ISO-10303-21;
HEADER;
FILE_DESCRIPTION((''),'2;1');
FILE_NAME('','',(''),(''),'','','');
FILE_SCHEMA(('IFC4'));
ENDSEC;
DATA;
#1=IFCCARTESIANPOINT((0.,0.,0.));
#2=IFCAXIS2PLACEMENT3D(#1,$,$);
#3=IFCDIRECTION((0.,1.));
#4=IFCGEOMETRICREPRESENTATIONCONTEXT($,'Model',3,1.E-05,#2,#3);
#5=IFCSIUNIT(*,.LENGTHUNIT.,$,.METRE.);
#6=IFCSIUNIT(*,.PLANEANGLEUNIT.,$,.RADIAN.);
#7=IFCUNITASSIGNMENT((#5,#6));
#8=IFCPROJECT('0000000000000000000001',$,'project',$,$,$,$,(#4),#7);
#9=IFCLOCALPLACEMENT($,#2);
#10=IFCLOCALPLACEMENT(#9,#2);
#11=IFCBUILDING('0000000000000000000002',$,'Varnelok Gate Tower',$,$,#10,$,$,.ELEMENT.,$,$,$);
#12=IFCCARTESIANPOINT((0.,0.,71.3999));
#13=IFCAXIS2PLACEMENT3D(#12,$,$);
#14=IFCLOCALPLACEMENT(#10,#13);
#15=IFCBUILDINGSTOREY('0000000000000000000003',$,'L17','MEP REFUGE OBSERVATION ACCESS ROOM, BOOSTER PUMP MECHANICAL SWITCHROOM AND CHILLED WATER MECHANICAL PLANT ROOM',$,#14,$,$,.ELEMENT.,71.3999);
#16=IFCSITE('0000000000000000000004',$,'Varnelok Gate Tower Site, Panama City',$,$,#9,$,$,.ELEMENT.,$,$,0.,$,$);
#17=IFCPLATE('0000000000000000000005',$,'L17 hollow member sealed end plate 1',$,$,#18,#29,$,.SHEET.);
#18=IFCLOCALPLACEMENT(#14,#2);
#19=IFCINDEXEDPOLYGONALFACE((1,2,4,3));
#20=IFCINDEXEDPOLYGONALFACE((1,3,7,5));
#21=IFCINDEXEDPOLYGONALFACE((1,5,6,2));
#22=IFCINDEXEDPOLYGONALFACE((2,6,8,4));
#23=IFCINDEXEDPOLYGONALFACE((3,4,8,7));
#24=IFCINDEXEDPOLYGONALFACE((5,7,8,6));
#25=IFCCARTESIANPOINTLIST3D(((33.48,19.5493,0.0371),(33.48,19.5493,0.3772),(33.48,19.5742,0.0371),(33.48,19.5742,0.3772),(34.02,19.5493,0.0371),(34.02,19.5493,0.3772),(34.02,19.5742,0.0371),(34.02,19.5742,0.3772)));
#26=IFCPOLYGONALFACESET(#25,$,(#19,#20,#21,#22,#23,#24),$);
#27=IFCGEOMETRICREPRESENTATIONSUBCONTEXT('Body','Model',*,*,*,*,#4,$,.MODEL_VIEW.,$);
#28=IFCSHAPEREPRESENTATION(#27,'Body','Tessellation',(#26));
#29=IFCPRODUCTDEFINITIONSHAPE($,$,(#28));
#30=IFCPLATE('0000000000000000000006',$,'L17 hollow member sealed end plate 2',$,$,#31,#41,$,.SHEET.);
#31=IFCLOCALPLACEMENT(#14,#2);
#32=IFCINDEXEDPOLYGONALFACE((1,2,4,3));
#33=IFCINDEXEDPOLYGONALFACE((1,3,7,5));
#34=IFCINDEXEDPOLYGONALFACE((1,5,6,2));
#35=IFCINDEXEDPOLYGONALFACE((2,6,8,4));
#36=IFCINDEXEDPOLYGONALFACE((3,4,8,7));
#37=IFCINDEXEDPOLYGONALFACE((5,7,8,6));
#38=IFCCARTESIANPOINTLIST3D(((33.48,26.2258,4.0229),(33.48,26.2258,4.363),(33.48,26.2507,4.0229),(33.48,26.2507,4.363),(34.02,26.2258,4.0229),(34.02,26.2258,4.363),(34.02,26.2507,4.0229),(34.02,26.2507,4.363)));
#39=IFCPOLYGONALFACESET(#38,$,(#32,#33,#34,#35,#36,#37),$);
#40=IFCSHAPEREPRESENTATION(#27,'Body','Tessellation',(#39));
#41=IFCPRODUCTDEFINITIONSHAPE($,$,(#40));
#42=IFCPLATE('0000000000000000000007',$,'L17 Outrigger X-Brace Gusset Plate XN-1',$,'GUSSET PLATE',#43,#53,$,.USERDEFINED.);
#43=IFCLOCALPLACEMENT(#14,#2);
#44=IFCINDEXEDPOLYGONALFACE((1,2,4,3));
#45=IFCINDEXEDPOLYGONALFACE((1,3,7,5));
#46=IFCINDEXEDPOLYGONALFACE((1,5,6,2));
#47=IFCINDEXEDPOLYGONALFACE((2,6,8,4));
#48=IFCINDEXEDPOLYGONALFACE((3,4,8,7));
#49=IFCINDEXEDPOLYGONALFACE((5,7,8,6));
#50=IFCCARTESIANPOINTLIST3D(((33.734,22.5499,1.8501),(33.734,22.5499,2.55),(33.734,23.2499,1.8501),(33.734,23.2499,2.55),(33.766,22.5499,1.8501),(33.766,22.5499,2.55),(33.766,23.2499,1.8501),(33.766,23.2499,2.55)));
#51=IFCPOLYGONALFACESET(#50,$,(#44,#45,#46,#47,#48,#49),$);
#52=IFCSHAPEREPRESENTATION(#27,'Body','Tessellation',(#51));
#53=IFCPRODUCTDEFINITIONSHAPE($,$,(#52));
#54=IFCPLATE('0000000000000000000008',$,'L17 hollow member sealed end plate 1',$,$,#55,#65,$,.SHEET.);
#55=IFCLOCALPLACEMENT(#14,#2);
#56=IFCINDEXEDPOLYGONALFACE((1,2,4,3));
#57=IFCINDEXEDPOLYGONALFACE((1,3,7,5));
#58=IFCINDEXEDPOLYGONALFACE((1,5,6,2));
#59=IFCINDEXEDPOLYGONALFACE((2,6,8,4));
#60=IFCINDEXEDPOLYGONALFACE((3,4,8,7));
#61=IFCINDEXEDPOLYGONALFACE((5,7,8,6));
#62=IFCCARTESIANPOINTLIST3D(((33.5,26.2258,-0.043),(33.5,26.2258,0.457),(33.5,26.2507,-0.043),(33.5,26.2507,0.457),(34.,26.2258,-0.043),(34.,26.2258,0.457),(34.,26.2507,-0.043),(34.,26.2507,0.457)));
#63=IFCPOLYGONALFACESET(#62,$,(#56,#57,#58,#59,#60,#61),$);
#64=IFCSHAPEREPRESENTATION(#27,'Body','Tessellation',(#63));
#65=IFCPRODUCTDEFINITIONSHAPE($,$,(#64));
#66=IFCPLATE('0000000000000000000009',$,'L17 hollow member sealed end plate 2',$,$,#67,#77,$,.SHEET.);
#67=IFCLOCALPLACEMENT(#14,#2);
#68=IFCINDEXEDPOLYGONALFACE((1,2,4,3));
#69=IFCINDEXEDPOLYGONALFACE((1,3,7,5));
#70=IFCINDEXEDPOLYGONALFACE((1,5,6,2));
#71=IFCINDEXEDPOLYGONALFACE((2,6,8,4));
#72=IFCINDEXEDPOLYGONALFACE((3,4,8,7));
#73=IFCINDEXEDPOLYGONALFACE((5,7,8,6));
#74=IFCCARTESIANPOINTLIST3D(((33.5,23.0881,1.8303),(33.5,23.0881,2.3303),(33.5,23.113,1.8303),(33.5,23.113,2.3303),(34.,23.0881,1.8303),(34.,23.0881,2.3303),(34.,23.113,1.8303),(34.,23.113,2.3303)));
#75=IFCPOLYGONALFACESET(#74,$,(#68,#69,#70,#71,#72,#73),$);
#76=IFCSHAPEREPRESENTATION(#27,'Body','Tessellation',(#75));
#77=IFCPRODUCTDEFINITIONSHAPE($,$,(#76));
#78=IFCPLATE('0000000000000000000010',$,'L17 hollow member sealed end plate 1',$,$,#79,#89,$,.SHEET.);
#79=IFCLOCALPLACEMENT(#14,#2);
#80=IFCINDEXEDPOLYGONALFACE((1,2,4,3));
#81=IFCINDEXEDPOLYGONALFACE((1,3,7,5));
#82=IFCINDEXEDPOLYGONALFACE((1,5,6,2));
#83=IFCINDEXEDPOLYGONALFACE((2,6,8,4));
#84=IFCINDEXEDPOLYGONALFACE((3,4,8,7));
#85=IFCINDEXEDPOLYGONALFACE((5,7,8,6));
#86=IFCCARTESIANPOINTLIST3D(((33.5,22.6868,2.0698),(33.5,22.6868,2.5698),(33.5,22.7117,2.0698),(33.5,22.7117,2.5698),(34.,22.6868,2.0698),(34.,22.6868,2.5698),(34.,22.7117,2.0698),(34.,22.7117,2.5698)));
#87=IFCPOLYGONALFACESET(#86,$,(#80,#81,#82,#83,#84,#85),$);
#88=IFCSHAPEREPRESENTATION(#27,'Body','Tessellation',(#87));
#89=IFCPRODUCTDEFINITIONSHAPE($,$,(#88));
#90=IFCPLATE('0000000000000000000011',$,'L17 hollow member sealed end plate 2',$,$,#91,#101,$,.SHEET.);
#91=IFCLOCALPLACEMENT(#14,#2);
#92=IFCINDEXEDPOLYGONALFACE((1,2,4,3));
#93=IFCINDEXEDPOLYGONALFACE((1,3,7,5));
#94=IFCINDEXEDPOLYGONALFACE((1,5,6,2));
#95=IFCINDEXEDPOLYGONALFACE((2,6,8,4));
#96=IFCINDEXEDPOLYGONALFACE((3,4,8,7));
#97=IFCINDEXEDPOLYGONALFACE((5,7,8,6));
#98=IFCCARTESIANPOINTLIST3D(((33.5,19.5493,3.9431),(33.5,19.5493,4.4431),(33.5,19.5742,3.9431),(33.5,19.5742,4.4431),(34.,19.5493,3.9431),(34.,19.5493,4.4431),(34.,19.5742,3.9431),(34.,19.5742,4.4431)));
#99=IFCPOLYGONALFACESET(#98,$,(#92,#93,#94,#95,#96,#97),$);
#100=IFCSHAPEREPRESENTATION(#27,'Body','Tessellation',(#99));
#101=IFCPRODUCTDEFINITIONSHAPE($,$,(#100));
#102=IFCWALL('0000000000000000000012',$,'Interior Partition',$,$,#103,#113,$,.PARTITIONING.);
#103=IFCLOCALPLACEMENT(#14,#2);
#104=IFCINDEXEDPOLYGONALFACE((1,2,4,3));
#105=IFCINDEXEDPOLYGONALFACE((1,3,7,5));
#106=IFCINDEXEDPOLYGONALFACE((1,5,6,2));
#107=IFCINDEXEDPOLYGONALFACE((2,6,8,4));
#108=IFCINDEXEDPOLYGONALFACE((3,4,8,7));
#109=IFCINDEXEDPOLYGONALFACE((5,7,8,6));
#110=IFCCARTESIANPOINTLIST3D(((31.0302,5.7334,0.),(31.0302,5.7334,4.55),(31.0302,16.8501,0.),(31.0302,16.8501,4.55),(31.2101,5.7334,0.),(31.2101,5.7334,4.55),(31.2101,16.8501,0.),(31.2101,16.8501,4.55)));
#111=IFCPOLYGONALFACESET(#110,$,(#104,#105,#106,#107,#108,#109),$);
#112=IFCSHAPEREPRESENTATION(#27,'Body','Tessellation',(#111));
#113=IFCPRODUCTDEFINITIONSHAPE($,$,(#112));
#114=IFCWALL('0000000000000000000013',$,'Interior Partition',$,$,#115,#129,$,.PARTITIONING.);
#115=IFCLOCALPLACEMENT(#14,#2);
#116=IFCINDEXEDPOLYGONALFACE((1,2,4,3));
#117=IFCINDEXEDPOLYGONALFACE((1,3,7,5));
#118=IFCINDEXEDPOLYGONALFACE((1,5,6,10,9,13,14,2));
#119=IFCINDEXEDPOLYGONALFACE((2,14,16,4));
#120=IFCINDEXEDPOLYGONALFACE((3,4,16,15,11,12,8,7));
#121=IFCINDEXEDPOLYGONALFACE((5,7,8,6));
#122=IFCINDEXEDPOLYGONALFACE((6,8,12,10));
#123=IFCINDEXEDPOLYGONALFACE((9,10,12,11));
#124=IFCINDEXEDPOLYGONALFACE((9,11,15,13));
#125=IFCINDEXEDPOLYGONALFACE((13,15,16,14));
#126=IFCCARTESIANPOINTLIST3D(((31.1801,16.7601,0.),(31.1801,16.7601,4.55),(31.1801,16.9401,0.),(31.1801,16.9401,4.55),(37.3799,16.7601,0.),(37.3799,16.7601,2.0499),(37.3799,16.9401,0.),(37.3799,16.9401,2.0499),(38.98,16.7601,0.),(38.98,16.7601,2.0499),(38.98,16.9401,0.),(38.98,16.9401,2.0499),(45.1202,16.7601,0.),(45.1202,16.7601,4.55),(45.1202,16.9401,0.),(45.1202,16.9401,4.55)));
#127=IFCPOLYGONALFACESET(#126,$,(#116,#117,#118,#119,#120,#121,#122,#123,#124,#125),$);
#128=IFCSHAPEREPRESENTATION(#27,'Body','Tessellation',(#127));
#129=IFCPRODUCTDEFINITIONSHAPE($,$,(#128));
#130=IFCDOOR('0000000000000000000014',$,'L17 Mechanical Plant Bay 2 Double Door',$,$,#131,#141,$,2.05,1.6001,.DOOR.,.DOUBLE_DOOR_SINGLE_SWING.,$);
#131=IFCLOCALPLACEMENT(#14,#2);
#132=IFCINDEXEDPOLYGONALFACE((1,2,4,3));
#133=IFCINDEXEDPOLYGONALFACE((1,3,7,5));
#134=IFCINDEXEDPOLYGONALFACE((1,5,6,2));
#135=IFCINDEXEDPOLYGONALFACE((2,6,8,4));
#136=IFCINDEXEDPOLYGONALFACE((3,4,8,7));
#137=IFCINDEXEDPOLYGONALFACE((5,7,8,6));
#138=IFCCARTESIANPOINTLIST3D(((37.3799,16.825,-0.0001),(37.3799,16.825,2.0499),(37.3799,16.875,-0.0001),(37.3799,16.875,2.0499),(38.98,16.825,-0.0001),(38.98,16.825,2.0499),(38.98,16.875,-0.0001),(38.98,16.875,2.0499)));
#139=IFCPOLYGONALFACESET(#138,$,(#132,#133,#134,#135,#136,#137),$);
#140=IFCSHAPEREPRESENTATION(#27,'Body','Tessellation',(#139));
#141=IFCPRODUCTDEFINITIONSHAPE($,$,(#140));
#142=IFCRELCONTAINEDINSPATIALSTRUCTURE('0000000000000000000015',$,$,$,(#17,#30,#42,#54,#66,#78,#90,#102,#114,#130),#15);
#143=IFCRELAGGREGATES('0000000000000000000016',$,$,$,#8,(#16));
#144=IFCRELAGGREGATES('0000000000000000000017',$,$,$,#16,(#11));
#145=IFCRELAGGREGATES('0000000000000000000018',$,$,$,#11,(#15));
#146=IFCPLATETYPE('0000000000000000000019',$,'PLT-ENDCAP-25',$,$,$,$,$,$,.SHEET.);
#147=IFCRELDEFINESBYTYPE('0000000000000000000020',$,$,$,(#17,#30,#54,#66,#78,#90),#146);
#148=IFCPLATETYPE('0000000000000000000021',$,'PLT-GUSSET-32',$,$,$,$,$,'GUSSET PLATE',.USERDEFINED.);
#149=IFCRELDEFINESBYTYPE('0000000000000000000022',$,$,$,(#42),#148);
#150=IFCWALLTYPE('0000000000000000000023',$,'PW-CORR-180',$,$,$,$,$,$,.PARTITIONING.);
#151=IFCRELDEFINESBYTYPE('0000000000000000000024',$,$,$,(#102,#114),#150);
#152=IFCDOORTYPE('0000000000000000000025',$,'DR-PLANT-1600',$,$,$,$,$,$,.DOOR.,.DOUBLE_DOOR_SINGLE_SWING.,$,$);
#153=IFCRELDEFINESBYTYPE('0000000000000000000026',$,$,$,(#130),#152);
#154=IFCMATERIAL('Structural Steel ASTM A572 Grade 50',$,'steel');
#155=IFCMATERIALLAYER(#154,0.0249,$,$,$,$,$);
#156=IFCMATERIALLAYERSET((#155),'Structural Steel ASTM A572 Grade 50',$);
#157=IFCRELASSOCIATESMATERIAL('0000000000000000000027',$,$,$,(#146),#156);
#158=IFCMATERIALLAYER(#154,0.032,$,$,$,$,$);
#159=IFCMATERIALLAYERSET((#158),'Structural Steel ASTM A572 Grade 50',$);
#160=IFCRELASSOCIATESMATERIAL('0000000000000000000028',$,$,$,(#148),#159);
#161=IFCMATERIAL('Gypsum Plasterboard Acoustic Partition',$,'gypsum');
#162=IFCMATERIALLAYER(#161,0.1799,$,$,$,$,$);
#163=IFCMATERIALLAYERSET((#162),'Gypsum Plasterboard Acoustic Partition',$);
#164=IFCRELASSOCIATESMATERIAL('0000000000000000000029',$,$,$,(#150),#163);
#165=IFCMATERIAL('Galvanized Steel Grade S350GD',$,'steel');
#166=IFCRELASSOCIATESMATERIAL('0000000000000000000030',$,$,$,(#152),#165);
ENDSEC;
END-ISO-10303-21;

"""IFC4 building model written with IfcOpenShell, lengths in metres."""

from ifc_helpers import new_model, si_unit, direction, frame, frame_2d, origin, origin_2d, place, context, subcontext, project, spatial, rectangle, extrude, source, transform, mapped, material, layer, layer_set, type_object, element, fill, save


model = new_model("IFC4")

# Units and contexts
model_context = context("Model", 3, precision=1e-05, world=origin(), true_north=direction((0.0, 1.0)))
body_context = subcontext(model_context, "Body", "Model", "MODEL_VIEW")
ifc_project = project(units=[si_unit("LENGTHUNIT", "METRE"), si_unit("PLANEANGLEUNIT", "RADIAN")], contexts=[model_context])

# Site, building, storey
site_placement = place(None, origin())
site = spatial("IfcSite", under=ifc_project, at=site_placement, Name="Varnelok Gate Tower Site, Panama City", CompositionType="ELEMENT", RefElevation=0.0)
building_placement = place(site_placement, origin())
building = spatial("IfcBuilding", under=site, at=building_placement, Name="Varnelok Gate Tower", CompositionType="ELEMENT")
storey_placement = place(building_placement, frame((0.0, 0.0, 71.3999)))
storey = spatial("IfcBuildingStorey", under=building, at=storey_placement, Name="L17", Description="MEP REFUGE OBSERVATION ACCESS ROOM, BOOSTER PUMP MECHANICAL SWITCHROOM AND CHILLED WATER MECHANICAL PLANT ROOM", CompositionType="ELEMENT", Elevation=71.3999)

# Shared definitions
ifc_material_1 = material(Name="Structural Steel ASTM A572 Grade 50", Category="steel")

# Plates
ifc_layer_1 = layer(ifc_material_1, 0.0249)
ifc_layer_set_1 = layer_set([ifc_layer_1], Name="Structural Steel ASTM A572 Grade 50")
plate_type_1 = type_object("IfcPlateType", Name="PLT-ENDCAP-25", PredefinedType="SHEET", material=ifc_layer_set_1)
shared_shape_1 = source(origin(), body_context, "Body", "SweptSolid", [
    extrude(rectangle(XDim=0.0249, YDim=0.54, at=origin_2d()), origin(), (0.0, 0.0, 1.0), 0.3401),
])
for number, where, z_axis, x_axis, name in (
    (1, (33.75, 19.5618, 0.0371), (0.0, 0.0, 1.0), (0.0, 1.0, 0.0), "L17 hollow member sealed end plate 1"),
    (2, (33.75, 26.2383, 4.0229), (0.0, 0.0, 1.0), (0.0, 1.0, 0.0), "L17 hollow member sealed end plate 2"),
):
    element("IfcPlate", number, at=place(storey_placement, frame(where, z_axis=z_axis, x_axis=x_axis)), inside=storey, type_object=plate_type_1, Name=name, PredefinedType="SHEET", context=body_context, shape_type="MappedRepresentation", body=[
        mapped(shared_shape_1, transform((0.0, 0.0, 0.0), scale=1.0)),
    ])
ifc_layer_2 = layer(ifc_material_1, 0.032)
ifc_layer_set_2 = layer_set([ifc_layer_2], Name="Structural Steel ASTM A572 Grade 50")
plate_type_2 = type_object("IfcPlateType", Name="PLT-GUSSET-32", ElementType="GUSSET PLATE", PredefinedType="USERDEFINED", material=ifc_layer_set_2)
shared_shape_2 = source(origin(), body_context, "Body", "SweptSolid", [
    extrude(rectangle(XDim=0.7, YDim=0.032, at=origin_2d()), origin(), (0.0, 0.0, 1.0), 0.7),
])
plate_placement = place(storey_placement, frame((33.75, 22.8999, 1.8501), z_axis=(0.0, 0.0, 1.0), x_axis=(0.0, -1.0, 0.0)))
element("IfcPlate", 3, at=plate_placement, inside=storey, type_object=plate_type_2, Name="L17 Outrigger X-Brace Gusset Plate XN-1", ObjectType="GUSSET PLATE", PredefinedType="USERDEFINED", context=body_context, shape_type="MappedRepresentation", body=[
    mapped(shared_shape_2, transform((0.0, 0.0, 0.0), scale=1.0)),
])
shared_shape_3 = source(origin(), body_context, "Body", "SweptSolid", [
    extrude(rectangle(XDim=0.0249, YDim=0.5, at=origin_2d()), origin(), (0.0, 0.0, 1.0), 0.5),
])
for number, where, z_axis, x_axis, name in (
    (4, (33.75, 26.2383, -0.043), (0.0, 0.0, 1.0), (0.0, -1.0, 0.0), "L17 hollow member sealed end plate 1"),
    (5, (33.75, 23.1006, 1.8303), (0.0, 0.0, 1.0), (0.0, -1.0, 0.0), "L17 hollow member sealed end plate 2"),
    (6, (33.75, 22.6992, 2.0698), (0.0, 0.0, 1.0), (0.0, -1.0, 0.0), "L17 hollow member sealed end plate 1"),
    (7, (33.75, 19.5618, 3.9431), (0.0, 0.0, 1.0), (0.0, -1.0, 0.0), "L17 hollow member sealed end plate 2"),
):
    element("IfcPlate", number, at=place(storey_placement, frame(where, z_axis=z_axis, x_axis=x_axis)), inside=storey, type_object=plate_type_1, Name=name, PredefinedType="SHEET", context=body_context, shape_type="MappedRepresentation", body=[
        mapped(shared_shape_3, transform((0.0, 0.0, 0.0), scale=1.0)),
    ])

# Wall
ifc_material_2 = material(Name="Gypsum Plasterboard Acoustic Partition", Category="gypsum")
ifc_layer_3 = layer(ifc_material_2, 0.1799)
ifc_layer_set_3 = layer_set([ifc_layer_3], Name="Gypsum Plasterboard Acoustic Partition")
wall_type = type_object("IfcWallType", Name="PW-CORR-180", PredefinedType="PARTITIONING", material=ifc_layer_set_3)
wall_1_placement = place(storey_placement, frame((31.1201, 5.7334, 0.0), z_axis=(0.0, 0.0, 1.0), x_axis=(0.0, 1.0, 0.0)))
element("IfcWall", 8, at=wall_1_placement, inside=storey, type_object=wall_type, Name="Interior Partition", PredefinedType="PARTITIONING", context=body_context, shape_type="SweptSolid", body=[
    extrude(rectangle(XDim=11.1167, YDim=0.1799, at=frame_2d((5.5583, 0.0))), origin(), (0.0, 0.0, 1.0), 4.55),
])

# Wall, opening, door
wall_2_placement = place(storey_placement, frame((31.1799, 16.8501, 0.0), z_axis=(0.0, 0.0, 1.0), x_axis=(1.0, 0.0, 0.0)))
wall_2 = element("IfcWall", 9, at=wall_2_placement, inside=storey, type_object=wall_type, Name="Interior Partition", PredefinedType="PARTITIONING", context=body_context, shape_type="SweptSolid", body=[
    extrude(rectangle(XDim=13.9402, YDim=0.1799, at=frame_2d((6.9702, 0.0))), origin(), (0.0, 0.0, 1.0), 4.55),
])
opening_placement = place(wall_2_placement, frame((6.2, 0.0, 0.0)))
opening = element("IfcOpeningElement", 10, at=opening_placement, cuts=wall_2, PredefinedType="OPENING", context=body_context, shape_type="SweptSolid", body=[
    extrude(rectangle(XDim=1.6001, YDim=2.05, at=frame_2d((0.8, 1.0249))), frame((0.0, 0.0999, 0.0), z_axis=(0.0, -1.0, 0.0), x_axis=(1.0, 0.0, 0.0)), (0.0, 0.0, 1.0), 0.2),
])
ifc_material_3 = material(Name="Galvanized Steel Grade S350GD", Category="steel")
door_type = type_object("IfcDoorType", Name="DR-PLANT-1600", OperationType="DOUBLE_DOOR_SINGLE_SWING", PredefinedType="DOOR", material=ifc_material_3)
door_placement = place(opening_placement, origin())
door = element("IfcDoor", 11, at=door_placement, inside=storey, type_object=door_type, Name="L17 Mechanical Plant Bay 2 Double Door", OperationType="DOUBLE_DOOR_SINGLE_SWING", OverallHeight=2.05, OverallWidth=1.6001, PredefinedType="DOOR", context=body_context, shape_type="SweptSolid", body=[
    extrude(rectangle(XDim=1.6001, YDim=2.05, at=frame_2d((0.8, 1.0249))), frame((0.0, 0.0249, 0.0), z_axis=(0.0, -1.0, 0.0), x_axis=(1.0, 0.0, 0.0)), (0.0, 0.0, 1.0), 0.05),
])
fill(opening, door)

save(model, "model.ifc")
